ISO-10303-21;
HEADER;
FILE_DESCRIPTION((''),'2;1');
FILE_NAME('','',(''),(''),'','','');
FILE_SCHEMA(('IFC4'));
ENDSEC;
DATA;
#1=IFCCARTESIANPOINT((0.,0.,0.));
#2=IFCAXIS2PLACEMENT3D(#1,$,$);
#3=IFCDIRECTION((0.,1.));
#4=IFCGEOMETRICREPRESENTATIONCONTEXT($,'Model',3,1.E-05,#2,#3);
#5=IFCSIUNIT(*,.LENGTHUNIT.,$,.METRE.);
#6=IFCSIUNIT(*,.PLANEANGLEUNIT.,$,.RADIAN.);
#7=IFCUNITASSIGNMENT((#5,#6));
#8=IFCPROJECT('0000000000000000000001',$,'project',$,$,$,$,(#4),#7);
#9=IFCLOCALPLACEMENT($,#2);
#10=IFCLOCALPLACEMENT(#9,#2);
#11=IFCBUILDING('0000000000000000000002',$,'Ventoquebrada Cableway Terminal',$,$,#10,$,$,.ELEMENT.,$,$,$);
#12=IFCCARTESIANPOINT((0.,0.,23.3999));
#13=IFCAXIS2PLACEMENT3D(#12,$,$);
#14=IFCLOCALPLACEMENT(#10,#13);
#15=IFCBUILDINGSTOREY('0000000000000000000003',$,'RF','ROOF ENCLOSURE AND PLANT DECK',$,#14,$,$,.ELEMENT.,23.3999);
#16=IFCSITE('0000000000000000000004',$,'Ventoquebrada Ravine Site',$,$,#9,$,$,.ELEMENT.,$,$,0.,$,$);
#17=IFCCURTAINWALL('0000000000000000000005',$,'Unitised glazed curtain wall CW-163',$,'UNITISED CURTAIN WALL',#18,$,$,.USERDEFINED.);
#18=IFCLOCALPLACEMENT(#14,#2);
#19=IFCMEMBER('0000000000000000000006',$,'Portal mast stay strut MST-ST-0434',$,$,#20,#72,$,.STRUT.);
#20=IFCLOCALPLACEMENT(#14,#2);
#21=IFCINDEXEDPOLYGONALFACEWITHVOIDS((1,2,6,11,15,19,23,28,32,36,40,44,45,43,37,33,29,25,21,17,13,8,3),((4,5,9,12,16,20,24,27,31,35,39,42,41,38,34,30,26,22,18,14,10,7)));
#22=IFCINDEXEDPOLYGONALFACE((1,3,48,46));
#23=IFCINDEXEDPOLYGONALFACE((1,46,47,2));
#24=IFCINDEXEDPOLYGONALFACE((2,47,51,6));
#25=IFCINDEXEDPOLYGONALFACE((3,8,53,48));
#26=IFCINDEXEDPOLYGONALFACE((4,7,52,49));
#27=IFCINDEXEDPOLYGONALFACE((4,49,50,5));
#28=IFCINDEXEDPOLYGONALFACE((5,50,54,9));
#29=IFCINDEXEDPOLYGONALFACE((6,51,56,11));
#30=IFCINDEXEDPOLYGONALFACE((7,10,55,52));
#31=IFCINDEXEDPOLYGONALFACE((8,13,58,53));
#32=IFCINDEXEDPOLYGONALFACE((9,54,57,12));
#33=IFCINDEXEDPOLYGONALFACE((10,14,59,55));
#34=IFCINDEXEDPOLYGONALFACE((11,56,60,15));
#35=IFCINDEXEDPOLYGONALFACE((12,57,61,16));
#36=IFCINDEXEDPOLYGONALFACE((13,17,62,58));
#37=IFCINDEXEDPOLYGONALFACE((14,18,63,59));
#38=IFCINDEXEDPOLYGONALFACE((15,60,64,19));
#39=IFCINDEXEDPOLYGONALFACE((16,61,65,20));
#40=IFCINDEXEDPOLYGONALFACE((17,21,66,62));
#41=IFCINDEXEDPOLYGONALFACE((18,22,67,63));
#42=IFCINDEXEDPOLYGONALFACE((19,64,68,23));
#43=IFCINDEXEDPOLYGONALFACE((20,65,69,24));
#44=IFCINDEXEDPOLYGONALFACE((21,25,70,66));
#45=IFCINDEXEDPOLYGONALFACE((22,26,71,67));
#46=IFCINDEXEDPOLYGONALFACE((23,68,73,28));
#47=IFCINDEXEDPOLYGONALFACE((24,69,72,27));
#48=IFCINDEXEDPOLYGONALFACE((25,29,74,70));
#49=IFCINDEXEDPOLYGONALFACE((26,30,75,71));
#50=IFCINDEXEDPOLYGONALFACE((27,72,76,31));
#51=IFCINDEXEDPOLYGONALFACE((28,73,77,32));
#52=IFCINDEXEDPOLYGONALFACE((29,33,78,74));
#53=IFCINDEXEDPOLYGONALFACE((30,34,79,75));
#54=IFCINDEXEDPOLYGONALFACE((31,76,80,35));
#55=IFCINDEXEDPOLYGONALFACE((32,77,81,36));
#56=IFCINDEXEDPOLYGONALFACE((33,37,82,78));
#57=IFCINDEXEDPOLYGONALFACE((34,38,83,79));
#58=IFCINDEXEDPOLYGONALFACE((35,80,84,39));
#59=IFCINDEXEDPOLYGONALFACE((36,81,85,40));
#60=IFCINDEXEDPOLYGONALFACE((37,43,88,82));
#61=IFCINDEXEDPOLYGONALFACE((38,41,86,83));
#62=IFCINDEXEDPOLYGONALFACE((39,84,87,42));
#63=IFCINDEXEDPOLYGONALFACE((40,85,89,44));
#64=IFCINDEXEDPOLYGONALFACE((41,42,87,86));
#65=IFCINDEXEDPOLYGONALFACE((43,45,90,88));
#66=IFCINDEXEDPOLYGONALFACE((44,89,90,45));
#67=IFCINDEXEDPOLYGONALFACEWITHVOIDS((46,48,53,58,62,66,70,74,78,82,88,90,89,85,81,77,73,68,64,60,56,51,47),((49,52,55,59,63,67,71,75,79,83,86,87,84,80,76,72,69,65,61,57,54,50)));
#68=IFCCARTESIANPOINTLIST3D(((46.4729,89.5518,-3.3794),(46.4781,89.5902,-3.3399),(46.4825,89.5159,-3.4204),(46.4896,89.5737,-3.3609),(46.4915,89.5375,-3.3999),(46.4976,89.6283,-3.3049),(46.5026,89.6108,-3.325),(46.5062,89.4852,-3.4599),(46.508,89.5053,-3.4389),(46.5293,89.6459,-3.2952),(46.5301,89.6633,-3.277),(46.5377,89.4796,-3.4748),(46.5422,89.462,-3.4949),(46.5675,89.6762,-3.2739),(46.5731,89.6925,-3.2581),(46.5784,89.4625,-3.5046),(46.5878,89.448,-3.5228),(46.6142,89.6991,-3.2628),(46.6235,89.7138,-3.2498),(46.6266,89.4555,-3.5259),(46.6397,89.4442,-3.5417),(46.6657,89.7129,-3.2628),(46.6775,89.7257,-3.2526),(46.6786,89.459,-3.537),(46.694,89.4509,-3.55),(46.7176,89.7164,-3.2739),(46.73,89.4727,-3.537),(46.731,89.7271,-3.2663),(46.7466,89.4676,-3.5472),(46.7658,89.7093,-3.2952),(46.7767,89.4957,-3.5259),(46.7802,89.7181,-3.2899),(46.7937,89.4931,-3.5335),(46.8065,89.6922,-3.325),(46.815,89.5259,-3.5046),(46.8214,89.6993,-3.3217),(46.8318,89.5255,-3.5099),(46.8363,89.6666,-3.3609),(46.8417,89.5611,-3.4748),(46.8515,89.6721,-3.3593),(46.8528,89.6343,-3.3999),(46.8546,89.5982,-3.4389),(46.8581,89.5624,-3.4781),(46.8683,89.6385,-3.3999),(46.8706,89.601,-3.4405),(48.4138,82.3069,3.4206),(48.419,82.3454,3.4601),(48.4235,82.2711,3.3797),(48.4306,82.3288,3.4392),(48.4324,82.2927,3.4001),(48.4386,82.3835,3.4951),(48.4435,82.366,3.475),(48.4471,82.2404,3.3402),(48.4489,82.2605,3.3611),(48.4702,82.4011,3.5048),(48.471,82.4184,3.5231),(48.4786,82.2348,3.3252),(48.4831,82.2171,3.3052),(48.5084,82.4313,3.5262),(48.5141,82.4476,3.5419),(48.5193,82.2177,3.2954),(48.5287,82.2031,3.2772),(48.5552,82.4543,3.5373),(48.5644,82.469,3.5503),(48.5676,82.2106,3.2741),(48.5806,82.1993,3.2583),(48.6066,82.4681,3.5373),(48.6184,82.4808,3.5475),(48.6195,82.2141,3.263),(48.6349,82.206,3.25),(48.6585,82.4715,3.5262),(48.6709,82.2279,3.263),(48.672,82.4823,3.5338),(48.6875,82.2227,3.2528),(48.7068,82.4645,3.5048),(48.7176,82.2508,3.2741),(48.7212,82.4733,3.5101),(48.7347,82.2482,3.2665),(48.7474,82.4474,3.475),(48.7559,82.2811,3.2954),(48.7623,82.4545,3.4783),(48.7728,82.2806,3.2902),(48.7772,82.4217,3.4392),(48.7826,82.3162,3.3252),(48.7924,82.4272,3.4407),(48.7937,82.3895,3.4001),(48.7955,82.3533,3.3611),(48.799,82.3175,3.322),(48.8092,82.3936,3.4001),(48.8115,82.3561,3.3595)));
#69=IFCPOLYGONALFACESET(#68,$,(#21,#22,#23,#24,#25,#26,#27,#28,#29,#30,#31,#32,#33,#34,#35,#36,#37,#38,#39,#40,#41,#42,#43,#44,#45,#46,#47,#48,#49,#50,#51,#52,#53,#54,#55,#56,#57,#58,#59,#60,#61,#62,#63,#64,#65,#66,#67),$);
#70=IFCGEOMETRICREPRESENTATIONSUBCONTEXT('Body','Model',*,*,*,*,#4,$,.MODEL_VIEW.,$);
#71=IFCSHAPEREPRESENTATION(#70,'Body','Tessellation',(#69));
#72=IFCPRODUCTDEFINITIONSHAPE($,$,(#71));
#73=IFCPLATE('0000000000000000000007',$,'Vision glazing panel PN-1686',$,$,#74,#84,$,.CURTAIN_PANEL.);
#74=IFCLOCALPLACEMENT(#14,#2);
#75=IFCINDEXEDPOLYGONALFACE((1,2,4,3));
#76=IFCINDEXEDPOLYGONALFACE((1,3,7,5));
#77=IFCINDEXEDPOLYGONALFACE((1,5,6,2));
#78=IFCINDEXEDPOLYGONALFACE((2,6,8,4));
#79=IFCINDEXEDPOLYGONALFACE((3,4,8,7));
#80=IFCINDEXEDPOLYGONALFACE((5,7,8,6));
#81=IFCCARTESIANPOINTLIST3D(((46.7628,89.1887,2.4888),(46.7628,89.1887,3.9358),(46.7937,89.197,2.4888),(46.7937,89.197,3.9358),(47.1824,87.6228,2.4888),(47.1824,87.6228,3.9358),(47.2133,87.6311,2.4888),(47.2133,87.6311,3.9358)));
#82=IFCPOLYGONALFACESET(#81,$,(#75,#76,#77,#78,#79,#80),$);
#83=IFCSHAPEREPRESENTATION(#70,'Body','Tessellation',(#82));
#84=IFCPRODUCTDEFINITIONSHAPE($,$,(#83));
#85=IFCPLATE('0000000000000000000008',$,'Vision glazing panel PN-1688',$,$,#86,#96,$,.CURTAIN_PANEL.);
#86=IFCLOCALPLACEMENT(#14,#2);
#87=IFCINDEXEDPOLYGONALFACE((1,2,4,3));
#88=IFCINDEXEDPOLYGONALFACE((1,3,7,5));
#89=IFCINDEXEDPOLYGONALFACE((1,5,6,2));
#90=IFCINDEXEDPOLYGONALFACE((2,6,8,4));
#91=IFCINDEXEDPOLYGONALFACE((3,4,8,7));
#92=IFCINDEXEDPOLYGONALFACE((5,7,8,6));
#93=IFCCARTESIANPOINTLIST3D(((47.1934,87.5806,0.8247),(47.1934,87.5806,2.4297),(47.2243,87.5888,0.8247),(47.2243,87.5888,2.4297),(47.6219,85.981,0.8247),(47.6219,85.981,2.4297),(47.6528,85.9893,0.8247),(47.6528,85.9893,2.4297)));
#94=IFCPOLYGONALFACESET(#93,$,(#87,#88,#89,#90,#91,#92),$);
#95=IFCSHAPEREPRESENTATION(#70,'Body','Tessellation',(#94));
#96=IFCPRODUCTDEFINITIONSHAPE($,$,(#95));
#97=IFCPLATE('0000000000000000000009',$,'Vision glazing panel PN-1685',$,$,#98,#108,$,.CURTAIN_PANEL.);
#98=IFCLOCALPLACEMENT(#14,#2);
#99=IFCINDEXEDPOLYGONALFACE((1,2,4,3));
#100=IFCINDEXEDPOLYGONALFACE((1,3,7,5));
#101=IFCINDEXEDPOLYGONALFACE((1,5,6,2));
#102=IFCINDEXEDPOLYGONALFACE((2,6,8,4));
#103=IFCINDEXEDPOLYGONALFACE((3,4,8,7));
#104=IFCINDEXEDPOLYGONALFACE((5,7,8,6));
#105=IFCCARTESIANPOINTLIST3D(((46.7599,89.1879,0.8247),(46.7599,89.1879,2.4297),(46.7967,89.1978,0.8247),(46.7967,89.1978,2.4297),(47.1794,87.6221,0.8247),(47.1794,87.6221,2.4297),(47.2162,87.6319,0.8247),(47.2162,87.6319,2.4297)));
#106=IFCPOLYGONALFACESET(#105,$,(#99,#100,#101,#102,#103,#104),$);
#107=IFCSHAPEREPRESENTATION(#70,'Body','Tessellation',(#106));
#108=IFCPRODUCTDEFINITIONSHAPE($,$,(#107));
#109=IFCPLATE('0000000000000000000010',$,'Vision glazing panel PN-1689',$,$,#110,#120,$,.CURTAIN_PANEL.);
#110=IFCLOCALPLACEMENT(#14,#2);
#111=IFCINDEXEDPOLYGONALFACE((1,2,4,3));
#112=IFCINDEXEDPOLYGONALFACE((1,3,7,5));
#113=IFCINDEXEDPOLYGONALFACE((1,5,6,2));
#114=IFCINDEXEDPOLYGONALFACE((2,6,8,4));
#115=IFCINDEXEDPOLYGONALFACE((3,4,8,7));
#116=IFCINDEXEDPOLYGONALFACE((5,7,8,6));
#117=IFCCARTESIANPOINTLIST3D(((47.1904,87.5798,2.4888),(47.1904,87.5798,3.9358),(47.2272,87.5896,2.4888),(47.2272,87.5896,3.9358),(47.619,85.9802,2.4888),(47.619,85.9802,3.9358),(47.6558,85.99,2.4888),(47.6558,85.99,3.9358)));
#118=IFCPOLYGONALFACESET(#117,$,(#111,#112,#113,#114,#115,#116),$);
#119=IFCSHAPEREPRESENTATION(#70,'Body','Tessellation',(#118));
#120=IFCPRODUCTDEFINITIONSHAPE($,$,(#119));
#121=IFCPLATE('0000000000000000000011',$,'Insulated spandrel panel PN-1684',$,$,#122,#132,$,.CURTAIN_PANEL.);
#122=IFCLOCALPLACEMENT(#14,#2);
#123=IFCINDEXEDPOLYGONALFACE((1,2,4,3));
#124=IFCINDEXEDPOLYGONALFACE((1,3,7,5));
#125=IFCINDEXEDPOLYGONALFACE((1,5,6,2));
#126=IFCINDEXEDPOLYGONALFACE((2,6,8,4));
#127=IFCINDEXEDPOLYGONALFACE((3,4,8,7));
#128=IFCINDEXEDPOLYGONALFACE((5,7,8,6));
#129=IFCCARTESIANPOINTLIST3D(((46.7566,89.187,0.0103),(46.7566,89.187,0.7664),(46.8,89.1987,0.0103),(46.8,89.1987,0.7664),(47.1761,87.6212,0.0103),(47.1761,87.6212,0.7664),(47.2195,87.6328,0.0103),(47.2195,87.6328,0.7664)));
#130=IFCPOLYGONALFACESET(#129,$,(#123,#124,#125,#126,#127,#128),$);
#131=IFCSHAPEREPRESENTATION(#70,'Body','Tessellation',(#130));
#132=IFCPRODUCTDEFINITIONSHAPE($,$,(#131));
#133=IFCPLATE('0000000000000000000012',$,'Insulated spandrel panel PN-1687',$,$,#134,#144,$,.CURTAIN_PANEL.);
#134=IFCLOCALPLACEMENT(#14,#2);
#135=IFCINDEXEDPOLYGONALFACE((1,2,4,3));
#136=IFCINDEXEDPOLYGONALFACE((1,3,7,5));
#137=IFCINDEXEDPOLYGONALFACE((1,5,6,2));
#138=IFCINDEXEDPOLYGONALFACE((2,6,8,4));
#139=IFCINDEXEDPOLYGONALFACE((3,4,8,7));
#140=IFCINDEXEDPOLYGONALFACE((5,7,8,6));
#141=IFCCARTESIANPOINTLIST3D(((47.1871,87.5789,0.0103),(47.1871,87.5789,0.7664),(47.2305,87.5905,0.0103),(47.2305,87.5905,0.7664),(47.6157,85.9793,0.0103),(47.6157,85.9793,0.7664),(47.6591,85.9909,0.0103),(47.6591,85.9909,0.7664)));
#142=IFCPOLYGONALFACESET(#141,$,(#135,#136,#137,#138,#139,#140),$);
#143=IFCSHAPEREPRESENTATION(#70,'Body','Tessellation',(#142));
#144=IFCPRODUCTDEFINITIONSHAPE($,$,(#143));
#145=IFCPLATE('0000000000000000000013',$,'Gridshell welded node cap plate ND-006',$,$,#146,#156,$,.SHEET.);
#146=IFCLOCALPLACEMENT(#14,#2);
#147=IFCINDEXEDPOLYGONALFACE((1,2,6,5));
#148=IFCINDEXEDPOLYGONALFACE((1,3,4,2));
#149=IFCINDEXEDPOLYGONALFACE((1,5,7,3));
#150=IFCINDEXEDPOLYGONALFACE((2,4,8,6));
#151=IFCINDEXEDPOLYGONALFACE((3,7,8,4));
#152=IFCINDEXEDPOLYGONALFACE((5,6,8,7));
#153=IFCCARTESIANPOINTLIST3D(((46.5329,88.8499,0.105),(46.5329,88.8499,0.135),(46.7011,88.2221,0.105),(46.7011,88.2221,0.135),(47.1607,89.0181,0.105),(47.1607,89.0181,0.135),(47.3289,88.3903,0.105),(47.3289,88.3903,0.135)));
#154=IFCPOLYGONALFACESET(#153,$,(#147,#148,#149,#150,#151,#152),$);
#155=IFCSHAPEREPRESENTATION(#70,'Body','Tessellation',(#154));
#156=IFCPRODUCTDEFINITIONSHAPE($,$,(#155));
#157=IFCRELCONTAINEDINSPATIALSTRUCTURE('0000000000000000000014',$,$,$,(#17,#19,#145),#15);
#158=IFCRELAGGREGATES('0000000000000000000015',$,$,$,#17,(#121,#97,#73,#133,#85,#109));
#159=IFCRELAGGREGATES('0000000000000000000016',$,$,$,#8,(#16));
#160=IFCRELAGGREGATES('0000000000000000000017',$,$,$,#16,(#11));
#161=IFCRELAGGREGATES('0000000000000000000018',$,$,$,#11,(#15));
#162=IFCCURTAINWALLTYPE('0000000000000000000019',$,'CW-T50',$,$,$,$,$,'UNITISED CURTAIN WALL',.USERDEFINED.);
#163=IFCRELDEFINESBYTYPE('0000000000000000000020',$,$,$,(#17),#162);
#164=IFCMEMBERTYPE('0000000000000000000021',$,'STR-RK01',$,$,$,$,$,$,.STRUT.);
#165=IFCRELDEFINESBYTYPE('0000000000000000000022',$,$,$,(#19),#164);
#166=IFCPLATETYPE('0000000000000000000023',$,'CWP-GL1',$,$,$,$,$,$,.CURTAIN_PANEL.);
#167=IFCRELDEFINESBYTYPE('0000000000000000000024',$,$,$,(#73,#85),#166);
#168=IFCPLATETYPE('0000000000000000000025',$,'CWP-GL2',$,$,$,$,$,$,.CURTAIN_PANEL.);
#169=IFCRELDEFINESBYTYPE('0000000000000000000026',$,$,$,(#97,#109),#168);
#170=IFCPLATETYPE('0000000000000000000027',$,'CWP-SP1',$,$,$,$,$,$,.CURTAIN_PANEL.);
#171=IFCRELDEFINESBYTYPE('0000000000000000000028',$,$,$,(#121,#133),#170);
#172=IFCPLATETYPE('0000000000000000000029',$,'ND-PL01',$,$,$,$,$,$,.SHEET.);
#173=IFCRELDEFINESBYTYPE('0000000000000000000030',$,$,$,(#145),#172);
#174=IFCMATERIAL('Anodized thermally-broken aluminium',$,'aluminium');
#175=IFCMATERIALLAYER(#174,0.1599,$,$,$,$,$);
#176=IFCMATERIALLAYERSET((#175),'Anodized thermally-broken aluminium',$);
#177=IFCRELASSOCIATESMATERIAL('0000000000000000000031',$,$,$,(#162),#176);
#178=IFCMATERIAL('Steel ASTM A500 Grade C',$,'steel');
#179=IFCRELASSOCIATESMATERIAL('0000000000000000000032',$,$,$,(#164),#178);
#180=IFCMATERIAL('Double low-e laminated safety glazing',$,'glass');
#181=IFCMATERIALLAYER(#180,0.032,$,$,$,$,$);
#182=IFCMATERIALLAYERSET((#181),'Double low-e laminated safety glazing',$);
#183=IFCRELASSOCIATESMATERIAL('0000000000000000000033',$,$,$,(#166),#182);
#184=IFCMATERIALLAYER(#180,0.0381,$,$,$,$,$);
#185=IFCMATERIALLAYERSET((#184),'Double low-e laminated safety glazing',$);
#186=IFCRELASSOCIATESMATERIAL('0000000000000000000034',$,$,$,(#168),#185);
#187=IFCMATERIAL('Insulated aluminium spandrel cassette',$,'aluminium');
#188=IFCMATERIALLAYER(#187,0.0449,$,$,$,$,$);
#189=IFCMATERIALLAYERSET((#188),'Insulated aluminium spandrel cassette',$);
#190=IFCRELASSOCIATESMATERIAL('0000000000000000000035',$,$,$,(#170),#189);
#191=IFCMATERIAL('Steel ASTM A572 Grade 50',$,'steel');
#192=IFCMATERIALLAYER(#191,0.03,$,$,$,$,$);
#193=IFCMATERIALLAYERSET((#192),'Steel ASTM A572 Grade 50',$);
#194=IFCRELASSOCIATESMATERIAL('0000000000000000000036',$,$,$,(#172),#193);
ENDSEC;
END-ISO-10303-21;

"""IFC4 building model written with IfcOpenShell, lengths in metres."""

from ifc_helpers import new_model, si_unit, direction, frame, origin, origin_2d, place, context, subcontext, project, spatial, rectangle, hollow_circle, extrude, material, layer, layer_set, material_profile, profile_set, type_object, element, aggregate, save


model = new_model("IFC4")

# Units and contexts
model_context = context("Model", 3, precision=1e-05, world=origin(), true_north=direction((0.0, 1.0)))
body_context = subcontext(model_context, "Body", "Model", "MODEL_VIEW")
ifc_project = project(units=[si_unit("LENGTHUNIT", "METRE"), si_unit("PLANEANGLEUNIT", "RADIAN")], contexts=[model_context])

# Site, building, storey
site_placement = place(None, origin())
site = spatial("IfcSite", under=ifc_project, at=site_placement, Name="Ventoquebrada Ravine Site", CompositionType="ELEMENT", RefElevation=0.0)
building_placement = place(site_placement, origin())
building = spatial("IfcBuilding", under=site, at=building_placement, Name="Ventoquebrada Cableway Terminal", CompositionType="ELEMENT")
storey_placement = place(building_placement, frame((0.0, 0.0, 23.3999)))
storey = spatial("IfcBuildingStorey", under=building, at=storey_placement, Name="RF", Description="ROOF ENCLOSURE AND PLANT DECK", CompositionType="ELEMENT", Elevation=23.3999)

# Shared definitions
ifc_material_1 = material(Name="Steel ASTM A500 Grade C", Category="steel")

# Curtain wall
ifc_material_2 = material(Name="Anodized thermally-broken aluminium", Category="aluminium")
ifc_layer_1 = layer(ifc_material_2, 0.1599)
ifc_layer_set_1 = layer_set([ifc_layer_1], Name="Anodized thermally-broken aluminium")
curtain_wall_type_1 = type_object("IfcCurtainWallType", Name="CW-T50", ElementType="UNITISED CURTAIN WALL", PredefinedType="USERDEFINED", material=ifc_layer_set_1)
curtain_wall_1_placement = place(storey_placement, origin())
curtain_wall_1 = element("IfcCurtainWall", 1, at=curtain_wall_1_placement, inside=storey, type_object=curtain_wall_type_1, Name="Unitised glazed curtain wall CW-163", ObjectType="UNITISED CURTAIN WALL", PredefinedType="USERDEFINED")

# Member
ifc_material_profile_1 = material_profile(ifc_material_1, hollow_circle(Radius=0.2031, WallThickness=0.0161, at=origin_2d()), Name="CHS406.4X16")
ifc_profile_set_1 = profile_set([ifc_material_profile_1], Name="Steel ASTM A500 Grade C")
member_type_1 = type_object("IfcMemberType", Name="STR-RK01", PredefinedType="STRUT", material=ifc_profile_set_1)
member_1_placement = place(storey_placement, frame((46.6721, 89.5859, -3.3999), z_axis=(0.191714, -0.715611, 0.671674), x_axis=(0.965937, 0.258777, 0.0)))
element("IfcMember", 2, at=member_1_placement, inside=storey, type_object=member_type_1, Name="Portal mast stay strut MST-ST-0434", PredefinedType="STRUT", context=body_context, shape_type="SweptSolid", body=[
    extrude(hollow_circle(Radius=0.2031, WallThickness=0.0161, at=origin_2d()), origin(), (0.0, 0.0, 1.0), 10.124),
])

# Plates
ifc_material_3 = material(Name="Double low-e laminated safety glazing", Category="glass")
ifc_layer_2 = layer(ifc_material_3, 0.032)
ifc_layer_set_2 = layer_set([ifc_layer_2], Name="Double low-e laminated safety glazing")
plate_type_1 = type_object("IfcPlateType", Name="CWP-GL1", PredefinedType="CURTAIN_PANEL", material=ifc_layer_set_2)
plate_1_placement = place(storey_placement, frame((46.988, 88.4099, 2.4888), z_axis=(0.0, 0.0, 1.0), x_axis=(0.258802, -0.96593, 0.0)))
plate_1 = element("IfcPlate", 3, at=plate_1_placement, type_object=plate_type_1, Name="Vision glazing panel PN-1686", PredefinedType="CURTAIN_PANEL", context=body_context, shape_type="SweptSolid", body=[
    extrude(rectangle(XDim=1.6211, YDim=0.032, at=origin_2d()), origin(), (0.0, 0.0, 1.0), 1.447),
])
plate_2_placement = place(storey_placement, frame((47.4231, 86.7849, 0.8247), z_axis=(0.0, 0.0, 1.0), x_axis=(0.258802, -0.96593, 0.0)))
plate_2 = element("IfcPlate", 4, at=plate_2_placement, type_object=plate_type_1, Name="Vision glazing panel PN-1688", PredefinedType="CURTAIN_PANEL", context=body_context, shape_type="SweptSolid", body=[
    extrude(rectangle(XDim=1.656, YDim=0.032, at=origin_2d()), origin(), (0.0, 0.0, 1.0), 1.605),
])
ifc_layer_3 = layer(ifc_material_3, 0.0381)
ifc_layer_set_3 = layer_set([ifc_layer_3], Name="Double low-e laminated safety glazing")
plate_type_2 = type_object("IfcPlateType", Name="CWP-GL2", PredefinedType="CURTAIN_PANEL", material=ifc_layer_set_3)
plate_3_placement = place(storey_placement, frame((46.988, 88.4099, 0.8247), z_axis=(0.0, 0.0, 1.0), x_axis=(0.258802, -0.96593, 0.0)))
plate_3 = element("IfcPlate", 5, at=plate_3_placement, type_object=plate_type_2, Name="Vision glazing panel PN-1685", PredefinedType="CURTAIN_PANEL", context=body_context, shape_type="SweptSolid", body=[
    extrude(rectangle(XDim=1.6211, YDim=0.0381, at=origin_2d()), origin(), (0.0, 0.0, 1.0), 1.605),
])
plate_4_placement = place(storey_placement, frame((47.4231, 86.7849, 2.4888), z_axis=(0.0, 0.0, 1.0), x_axis=(0.258802, -0.96593, 0.0)))
plate_4 = element("IfcPlate", 6, at=plate_4_placement, type_object=plate_type_2, Name="Vision glazing panel PN-1689", PredefinedType="CURTAIN_PANEL", context=body_context, shape_type="SweptSolid", body=[
    extrude(rectangle(XDim=1.656, YDim=0.0381, at=origin_2d()), origin(), (0.0, 0.0, 1.0), 1.447),
])
ifc_material_4 = material(Name="Insulated aluminium spandrel cassette", Category="aluminium")
ifc_layer_4 = layer(ifc_material_4, 0.0449)
ifc_layer_set_4 = layer_set([ifc_layer_4], Name="Insulated aluminium spandrel cassette")
plate_type_3 = type_object("IfcPlateType", Name="CWP-SP1", PredefinedType="CURTAIN_PANEL", material=ifc_layer_set_4)
plate_5_placement = place(storey_placement, frame((46.988, 88.4099, 0.0103), z_axis=(0.0, 0.0, 1.0), x_axis=(0.258802, -0.96593, 0.0)))
plate_5 = element("IfcPlate", 7, at=plate_5_placement, type_object=plate_type_3, Name="Insulated spandrel panel PN-1684", PredefinedType="CURTAIN_PANEL", context=body_context, shape_type="SweptSolid", body=[
    extrude(rectangle(XDim=1.6211, YDim=0.0449, at=origin_2d()), origin(), (0.0, 0.0, 1.0), 0.7561),
])
plate_6_placement = place(storey_placement, frame((47.4231, 86.7849, 0.0103), z_axis=(0.0, 0.0, 1.0), x_axis=(0.258802, -0.96593, 0.0)))
plate_6 = element("IfcPlate", 8, at=plate_6_placement, type_object=plate_type_3, Name="Insulated spandrel panel PN-1687", PredefinedType="CURTAIN_PANEL", context=body_context, shape_type="SweptSolid", body=[
    extrude(rectangle(XDim=1.656, YDim=0.0449, at=origin_2d()), origin(), (0.0, 0.0, 1.0), 0.7561),
])
aggregate(curtain_wall_1, [plate_5, plate_3, plate_1, plate_6, plate_2, plate_4])
ifc_material_5 = material(Name="Steel ASTM A572 Grade 50", Category="steel")
ifc_layer_5 = layer(ifc_material_5, 0.03)
ifc_layer_set_5 = layer_set([ifc_layer_5], Name="Steel ASTM A572 Grade 50")
plate_type_4 = type_object("IfcPlateType", Name="ND-PL01", PredefinedType="SHEET", material=ifc_layer_set_5)
plate_7_placement = place(storey_placement, frame((46.9309, 88.6201, 0.105), z_axis=(0.0, 0.0, 1.0), x_axis=(0.965926, 0.258819, 0.0)))
element("IfcPlate", 9, at=plate_7_placement, inside=storey, type_object=plate_type_4, Name="Gridshell welded node cap plate ND-006", PredefinedType="SHEET", context=body_context, shape_type="SweptSolid", body=[
    extrude(rectangle(XDim=0.6499, YDim=0.6499, at=origin_2d()), origin(), (0.0, 0.0, 1.0), 0.03),
])

save(model, "model.ifc")
